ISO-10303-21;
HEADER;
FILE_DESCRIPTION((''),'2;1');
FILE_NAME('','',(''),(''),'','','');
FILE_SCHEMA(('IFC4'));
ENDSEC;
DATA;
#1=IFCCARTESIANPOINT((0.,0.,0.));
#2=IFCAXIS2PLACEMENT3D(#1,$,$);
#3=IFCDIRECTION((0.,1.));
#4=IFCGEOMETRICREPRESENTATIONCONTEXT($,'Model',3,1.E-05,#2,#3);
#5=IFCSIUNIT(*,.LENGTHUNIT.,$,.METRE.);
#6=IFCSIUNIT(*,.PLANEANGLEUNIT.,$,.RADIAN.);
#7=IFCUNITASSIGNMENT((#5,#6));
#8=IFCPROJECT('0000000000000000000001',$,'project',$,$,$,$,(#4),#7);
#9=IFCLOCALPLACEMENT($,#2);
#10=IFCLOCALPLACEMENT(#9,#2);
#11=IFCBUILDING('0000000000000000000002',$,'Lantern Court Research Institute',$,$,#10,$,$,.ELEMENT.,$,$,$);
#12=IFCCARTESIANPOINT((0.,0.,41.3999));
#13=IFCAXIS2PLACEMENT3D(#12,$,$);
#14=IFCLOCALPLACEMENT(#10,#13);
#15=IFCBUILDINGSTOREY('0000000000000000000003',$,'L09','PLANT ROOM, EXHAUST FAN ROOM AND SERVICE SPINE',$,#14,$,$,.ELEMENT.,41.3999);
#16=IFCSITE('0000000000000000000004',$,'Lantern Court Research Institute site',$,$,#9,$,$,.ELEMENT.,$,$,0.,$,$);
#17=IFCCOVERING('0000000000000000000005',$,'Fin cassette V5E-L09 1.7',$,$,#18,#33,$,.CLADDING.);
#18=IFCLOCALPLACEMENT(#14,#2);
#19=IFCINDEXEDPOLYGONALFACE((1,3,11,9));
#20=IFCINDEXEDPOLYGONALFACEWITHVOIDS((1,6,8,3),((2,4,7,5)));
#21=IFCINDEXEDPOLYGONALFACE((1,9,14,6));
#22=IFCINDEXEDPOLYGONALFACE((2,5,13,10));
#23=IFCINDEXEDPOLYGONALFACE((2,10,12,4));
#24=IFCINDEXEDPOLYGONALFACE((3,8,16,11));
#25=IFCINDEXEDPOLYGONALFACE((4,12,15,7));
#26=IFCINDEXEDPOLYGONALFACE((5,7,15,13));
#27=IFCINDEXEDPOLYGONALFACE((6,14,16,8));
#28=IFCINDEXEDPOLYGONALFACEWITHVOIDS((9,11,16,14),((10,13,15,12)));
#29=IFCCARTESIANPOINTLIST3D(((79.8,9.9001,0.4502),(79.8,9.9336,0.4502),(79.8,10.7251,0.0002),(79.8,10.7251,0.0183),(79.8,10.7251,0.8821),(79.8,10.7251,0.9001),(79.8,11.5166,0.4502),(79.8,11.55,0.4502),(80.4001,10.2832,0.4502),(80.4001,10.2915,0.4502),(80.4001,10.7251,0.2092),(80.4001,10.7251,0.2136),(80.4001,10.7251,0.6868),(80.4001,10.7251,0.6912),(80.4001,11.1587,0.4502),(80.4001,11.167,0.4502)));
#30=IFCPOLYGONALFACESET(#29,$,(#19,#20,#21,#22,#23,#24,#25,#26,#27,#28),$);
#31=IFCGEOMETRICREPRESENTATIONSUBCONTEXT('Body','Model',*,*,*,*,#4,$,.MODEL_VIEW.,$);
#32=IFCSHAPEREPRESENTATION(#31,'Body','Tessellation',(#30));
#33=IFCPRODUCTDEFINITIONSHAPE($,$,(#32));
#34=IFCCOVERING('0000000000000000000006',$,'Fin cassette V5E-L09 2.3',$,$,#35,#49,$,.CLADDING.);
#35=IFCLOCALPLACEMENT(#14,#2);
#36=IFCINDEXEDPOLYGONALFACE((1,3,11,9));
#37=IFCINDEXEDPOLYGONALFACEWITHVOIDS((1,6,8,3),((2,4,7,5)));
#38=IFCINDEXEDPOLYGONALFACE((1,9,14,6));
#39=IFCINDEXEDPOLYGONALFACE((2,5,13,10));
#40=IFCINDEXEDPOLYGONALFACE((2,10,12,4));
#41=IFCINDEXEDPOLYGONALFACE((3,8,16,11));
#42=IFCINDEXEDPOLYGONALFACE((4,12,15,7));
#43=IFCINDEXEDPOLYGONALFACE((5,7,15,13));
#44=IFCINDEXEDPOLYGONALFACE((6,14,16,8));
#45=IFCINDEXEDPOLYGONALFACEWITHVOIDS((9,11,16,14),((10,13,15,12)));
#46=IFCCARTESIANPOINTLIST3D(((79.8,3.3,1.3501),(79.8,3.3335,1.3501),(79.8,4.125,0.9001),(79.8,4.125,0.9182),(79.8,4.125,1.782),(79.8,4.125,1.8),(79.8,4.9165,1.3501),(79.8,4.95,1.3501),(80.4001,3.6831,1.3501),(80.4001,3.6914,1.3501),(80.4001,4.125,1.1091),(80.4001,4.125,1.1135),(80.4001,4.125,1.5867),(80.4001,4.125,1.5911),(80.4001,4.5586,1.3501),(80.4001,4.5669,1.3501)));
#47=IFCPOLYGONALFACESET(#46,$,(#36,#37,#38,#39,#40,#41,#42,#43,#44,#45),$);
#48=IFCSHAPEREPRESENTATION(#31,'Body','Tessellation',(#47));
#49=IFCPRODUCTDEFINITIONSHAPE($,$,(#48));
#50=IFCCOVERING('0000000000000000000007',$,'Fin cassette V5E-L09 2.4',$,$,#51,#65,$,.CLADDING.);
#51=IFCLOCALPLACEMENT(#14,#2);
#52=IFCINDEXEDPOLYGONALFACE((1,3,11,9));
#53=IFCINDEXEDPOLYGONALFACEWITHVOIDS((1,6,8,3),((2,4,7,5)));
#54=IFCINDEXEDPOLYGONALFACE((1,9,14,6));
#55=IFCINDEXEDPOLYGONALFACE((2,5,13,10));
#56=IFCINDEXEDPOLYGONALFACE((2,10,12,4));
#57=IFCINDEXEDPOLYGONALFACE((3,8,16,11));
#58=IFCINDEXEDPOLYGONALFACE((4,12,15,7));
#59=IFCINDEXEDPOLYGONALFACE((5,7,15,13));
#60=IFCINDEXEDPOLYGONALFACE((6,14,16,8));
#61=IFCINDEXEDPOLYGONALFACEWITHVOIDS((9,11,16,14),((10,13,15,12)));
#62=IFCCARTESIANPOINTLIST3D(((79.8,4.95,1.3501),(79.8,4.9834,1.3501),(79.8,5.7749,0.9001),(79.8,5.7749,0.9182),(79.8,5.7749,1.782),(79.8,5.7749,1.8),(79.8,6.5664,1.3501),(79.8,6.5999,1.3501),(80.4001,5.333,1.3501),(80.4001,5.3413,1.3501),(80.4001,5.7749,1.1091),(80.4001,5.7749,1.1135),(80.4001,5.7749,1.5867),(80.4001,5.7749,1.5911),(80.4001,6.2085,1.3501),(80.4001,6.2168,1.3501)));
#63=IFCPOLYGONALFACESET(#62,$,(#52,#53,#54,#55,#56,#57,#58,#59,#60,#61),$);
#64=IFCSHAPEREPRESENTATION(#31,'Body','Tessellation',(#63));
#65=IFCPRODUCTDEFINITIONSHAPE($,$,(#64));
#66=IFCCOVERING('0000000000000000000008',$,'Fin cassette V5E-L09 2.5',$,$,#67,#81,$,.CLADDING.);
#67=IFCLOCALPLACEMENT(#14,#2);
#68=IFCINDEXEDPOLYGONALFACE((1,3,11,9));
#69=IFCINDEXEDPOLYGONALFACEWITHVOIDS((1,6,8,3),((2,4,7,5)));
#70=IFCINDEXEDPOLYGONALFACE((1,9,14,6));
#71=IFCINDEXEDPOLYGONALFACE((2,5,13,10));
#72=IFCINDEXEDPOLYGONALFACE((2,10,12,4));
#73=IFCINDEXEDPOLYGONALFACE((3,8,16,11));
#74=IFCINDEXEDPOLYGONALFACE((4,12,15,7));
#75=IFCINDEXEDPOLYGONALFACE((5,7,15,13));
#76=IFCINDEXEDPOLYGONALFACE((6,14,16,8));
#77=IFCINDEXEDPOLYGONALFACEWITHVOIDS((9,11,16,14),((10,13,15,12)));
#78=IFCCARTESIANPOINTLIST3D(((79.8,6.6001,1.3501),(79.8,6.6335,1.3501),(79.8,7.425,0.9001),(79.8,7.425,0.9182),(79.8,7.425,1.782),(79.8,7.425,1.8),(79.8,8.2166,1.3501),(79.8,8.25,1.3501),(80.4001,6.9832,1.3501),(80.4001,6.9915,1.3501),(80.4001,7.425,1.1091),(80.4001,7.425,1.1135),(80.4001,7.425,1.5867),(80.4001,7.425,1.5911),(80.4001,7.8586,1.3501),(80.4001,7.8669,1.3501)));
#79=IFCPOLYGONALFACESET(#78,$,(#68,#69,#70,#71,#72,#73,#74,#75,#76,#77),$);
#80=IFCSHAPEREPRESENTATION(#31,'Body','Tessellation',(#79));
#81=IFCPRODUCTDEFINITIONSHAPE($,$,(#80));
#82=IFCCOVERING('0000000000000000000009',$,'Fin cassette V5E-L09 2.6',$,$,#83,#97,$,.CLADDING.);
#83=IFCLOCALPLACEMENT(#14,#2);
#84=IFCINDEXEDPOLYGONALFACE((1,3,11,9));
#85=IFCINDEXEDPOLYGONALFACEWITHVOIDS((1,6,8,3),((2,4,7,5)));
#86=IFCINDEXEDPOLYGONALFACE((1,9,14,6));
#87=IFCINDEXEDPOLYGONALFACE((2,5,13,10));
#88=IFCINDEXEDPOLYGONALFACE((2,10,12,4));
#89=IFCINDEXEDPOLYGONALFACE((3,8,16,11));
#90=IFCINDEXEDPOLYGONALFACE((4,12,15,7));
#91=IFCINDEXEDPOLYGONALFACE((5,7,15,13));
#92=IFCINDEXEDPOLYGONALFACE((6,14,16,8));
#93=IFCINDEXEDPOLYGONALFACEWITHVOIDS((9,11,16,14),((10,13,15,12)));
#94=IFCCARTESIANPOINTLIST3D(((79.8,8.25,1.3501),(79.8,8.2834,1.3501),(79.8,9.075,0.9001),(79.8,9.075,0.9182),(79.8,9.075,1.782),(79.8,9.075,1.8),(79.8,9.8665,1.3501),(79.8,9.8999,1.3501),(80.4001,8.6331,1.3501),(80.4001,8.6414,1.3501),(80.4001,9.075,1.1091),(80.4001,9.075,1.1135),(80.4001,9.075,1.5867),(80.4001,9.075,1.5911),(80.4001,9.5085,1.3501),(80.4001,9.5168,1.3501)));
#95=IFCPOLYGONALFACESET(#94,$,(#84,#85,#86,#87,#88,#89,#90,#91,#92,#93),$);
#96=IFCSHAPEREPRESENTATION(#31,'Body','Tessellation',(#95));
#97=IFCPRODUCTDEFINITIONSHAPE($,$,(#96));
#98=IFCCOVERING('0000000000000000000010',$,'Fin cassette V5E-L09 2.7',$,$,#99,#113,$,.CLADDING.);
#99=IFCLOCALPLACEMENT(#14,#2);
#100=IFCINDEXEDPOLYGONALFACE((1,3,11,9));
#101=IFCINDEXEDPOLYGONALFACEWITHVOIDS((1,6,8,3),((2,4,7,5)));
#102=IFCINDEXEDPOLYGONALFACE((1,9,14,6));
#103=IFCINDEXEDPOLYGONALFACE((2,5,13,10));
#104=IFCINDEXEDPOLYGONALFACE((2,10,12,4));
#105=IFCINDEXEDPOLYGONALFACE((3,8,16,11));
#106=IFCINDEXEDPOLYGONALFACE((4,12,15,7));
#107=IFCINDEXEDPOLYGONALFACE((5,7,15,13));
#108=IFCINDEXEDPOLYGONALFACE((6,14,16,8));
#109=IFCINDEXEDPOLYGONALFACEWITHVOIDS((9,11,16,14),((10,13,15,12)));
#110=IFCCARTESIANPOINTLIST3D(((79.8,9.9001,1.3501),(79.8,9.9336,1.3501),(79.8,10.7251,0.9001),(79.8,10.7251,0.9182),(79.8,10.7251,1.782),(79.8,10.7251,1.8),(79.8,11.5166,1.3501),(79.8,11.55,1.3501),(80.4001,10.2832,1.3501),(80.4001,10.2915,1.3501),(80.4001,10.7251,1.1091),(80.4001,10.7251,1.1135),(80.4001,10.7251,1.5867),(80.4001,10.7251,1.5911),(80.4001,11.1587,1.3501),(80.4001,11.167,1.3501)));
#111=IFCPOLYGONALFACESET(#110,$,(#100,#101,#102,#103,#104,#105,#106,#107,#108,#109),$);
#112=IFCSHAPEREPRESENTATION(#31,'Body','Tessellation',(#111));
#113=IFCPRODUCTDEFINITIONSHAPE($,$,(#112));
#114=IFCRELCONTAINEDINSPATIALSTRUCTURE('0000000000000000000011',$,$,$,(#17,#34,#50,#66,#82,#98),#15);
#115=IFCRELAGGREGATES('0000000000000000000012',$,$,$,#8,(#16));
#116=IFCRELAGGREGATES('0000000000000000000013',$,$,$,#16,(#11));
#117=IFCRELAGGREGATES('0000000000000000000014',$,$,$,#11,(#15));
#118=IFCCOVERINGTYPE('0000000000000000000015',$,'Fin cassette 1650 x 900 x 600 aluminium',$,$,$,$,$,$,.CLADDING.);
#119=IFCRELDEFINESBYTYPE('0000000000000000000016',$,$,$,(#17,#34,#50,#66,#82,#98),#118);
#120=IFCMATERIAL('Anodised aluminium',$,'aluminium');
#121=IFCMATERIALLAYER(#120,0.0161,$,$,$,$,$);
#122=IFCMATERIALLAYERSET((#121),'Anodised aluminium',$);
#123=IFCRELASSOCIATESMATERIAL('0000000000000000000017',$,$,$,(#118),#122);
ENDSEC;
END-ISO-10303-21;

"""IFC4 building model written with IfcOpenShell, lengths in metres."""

from ifc_helpers import new_model, entity, si_unit, direction, frame, origin, place, context, subcontext, project, spatial, material, layer, layer_set, type_object, element, save


model = new_model("IFC4")

# Units and contexts
model_context = context("Model", 3, precision=1e-05, world=origin(), true_north=direction((0.0, 1.0)))
body_context = subcontext(model_context, "Body", "Model", "MODEL_VIEW")
ifc_project = project(units=[si_unit("LENGTHUNIT", "METRE"), si_unit("PLANEANGLEUNIT", "RADIAN")], contexts=[model_context])

# Site, building, storey
site_placement = place(None, origin())
site = spatial("IfcSite", under=ifc_project, at=site_placement, Name="Lantern Court Research Institute site", CompositionType="ELEMENT", RefElevation=0.0)
building_placement = place(site_placement, origin())
building = spatial("IfcBuilding", under=site, at=building_placement, Name="Lantern Court Research Institute", CompositionType="ELEMENT")
storey_placement = place(building_placement, frame((0.0, 0.0, 41.3999)))
storey = spatial("IfcBuildingStorey", under=building, at=storey_placement, Name="L09", Description="PLANT ROOM, EXHAUST FAN ROOM AND SERVICE SPINE", CompositionType="ELEMENT", Elevation=41.3999)

# Coverings
ifc_material_1 = material(Name="Anodised aluminium", Category="aluminium")
ifc_layer_1 = layer(ifc_material_1, 0.0161)
ifc_layer_set_1 = layer_set([ifc_layer_1], Name="Anodised aluminium")
covering_type = type_object("IfcCoveringType", Name="Fin cassette 1650 x 900 x 600 aluminium", PredefinedType="CLADDING", material=ifc_layer_set_1)
covering_1_placement = place(storey_placement, frame((79.8, 10.7251, 0.4502), z_axis=(1.0, 0.0, 0.0), x_axis=(0.0, 1.0, 0.0)))
cartesian_point_1 = entity("IfcCartesianPoint", [0.825, 0.0])
cartesian_point_2 = entity("IfcCartesianPoint", [0.7915, 0.0])
cartesian_point_3 = entity("IfcCartesianPoint", [0.4419, 0.0])
cartesian_point_4 = entity("IfcCartesianPoint", [0.4336, 0.0])
element("IfcCovering", 1, at=covering_1_placement, inside=storey, type_object=covering_type, Name="Fin cassette V5E-L09 1.7", PredefinedType="CLADDING", context=body_context, shape_type="SweptSolid", body=[
    entity("IfcExtrudedAreaSolidTapered", entity("IfcArbitraryProfileDefWithVoids", "AREA", None, entity("IfcPolyline", [cartesian_point_1, entity("IfcCartesianPoint", [0.0, 0.45]), entity("IfcCartesianPoint", [-0.825, 0.0]), entity("IfcCartesianPoint", [0.0, -0.45]), cartesian_point_1]), [entity("IfcPolyline", [cartesian_point_2, entity("IfcCartesianPoint", [0.0, 0.4319]), entity("IfcCartesianPoint", [-0.7915, 0.0]), entity("IfcCartesianPoint", [0.0, -0.4319]), cartesian_point_2])]), entity("IfcAxis2Placement3D", entity("IfcCartesianPoint", [0.0, 0.0, 0.0])), entity("IfcDirection", [0.0, 0.0, 1.0]), 0.6001, entity("IfcArbitraryProfileDefWithVoids", "AREA", None, entity("IfcPolyline", [cartesian_point_3, entity("IfcCartesianPoint", [0.0, 0.241]), entity("IfcCartesianPoint", [-0.4419, 0.0]), entity("IfcCartesianPoint", [0.0, -0.241]), cartesian_point_3]), [entity("IfcPolyline", [cartesian_point_4, entity("IfcCartesianPoint", [0.0, 0.2366]), entity("IfcCartesianPoint", [-0.4336, 0.0]), entity("IfcCartesianPoint", [0.0, -0.2366]), cartesian_point_4])])),
])
covering_2_placement = place(storey_placement, frame((79.8, 4.125, 1.3501), z_axis=(1.0, 0.0, 0.0), x_axis=(0.0, 1.0, 0.0)))
cartesian_point_5 = entity("IfcCartesianPoint", [0.825, 0.0])
cartesian_point_6 = entity("IfcCartesianPoint", [0.7915, 0.0])
cartesian_point_7 = entity("IfcCartesianPoint", [0.4419, 0.0])
cartesian_point_8 = entity("IfcCartesianPoint", [0.4336, 0.0])
element("IfcCovering", 2, at=covering_2_placement, inside=storey, type_object=covering_type, Name="Fin cassette V5E-L09 2.3", PredefinedType="CLADDING", context=body_context, shape_type="SweptSolid", body=[
    entity("IfcExtrudedAreaSolidTapered", entity("IfcArbitraryProfileDefWithVoids", "AREA", None, entity("IfcPolyline", [cartesian_point_5, entity("IfcCartesianPoint", [0.0, 0.45]), entity("IfcCartesianPoint", [-0.825, 0.0]), entity("IfcCartesianPoint", [0.0, -0.45]), cartesian_point_5]), [entity("IfcPolyline", [cartesian_point_6, entity("IfcCartesianPoint", [0.0, 0.4319]), entity("IfcCartesianPoint", [-0.7915, 0.0]), entity("IfcCartesianPoint", [0.0, -0.4319]), cartesian_point_6])]), entity("IfcAxis2Placement3D", entity("IfcCartesianPoint", [0.0, 0.0, 0.0])), entity("IfcDirection", [0.0, 0.0, 1.0]), 0.6001, entity("IfcArbitraryProfileDefWithVoids", "AREA", None, entity("IfcPolyline", [cartesian_point_7, entity("IfcCartesianPoint", [0.0, 0.241]), entity("IfcCartesianPoint", [-0.4419, 0.0]), entity("IfcCartesianPoint", [0.0, -0.241]), cartesian_point_7]), [entity("IfcPolyline", [cartesian_point_8, entity("IfcCartesianPoint", [0.0, 0.2366]), entity("IfcCartesianPoint", [-0.4336, 0.0]), entity("IfcCartesianPoint", [0.0, -0.2366]), cartesian_point_8])])),
])
covering_3_placement = place(storey_placement, frame((79.8, 5.7749, 1.3501), z_axis=(1.0, 0.0, 0.0), x_axis=(0.0, 1.0, 0.0)))
cartesian_point_9 = entity("IfcCartesianPoint", [0.825, 0.0])
cartesian_point_10 = entity("IfcCartesianPoint", [0.7915, 0.0])
cartesian_point_11 = entity("IfcCartesianPoint", [0.4419, 0.0])
cartesian_point_12 = entity("IfcCartesianPoint", [0.4336, 0.0])
element("IfcCovering", 3, at=covering_3_placement, inside=storey, type_object=covering_type, Name="Fin cassette V5E-L09 2.4", PredefinedType="CLADDING", context=body_context, shape_type="SweptSolid", body=[
    entity("IfcExtrudedAreaSolidTapered", entity("IfcArbitraryProfileDefWithVoids", "AREA", None, entity("IfcPolyline", [cartesian_point_9, entity("IfcCartesianPoint", [0.0, 0.45]), entity("IfcCartesianPoint", [-0.825, 0.0]), entity("IfcCartesianPoint", [0.0, -0.45]), cartesian_point_9]), [entity("IfcPolyline", [cartesian_point_10, entity("IfcCartesianPoint", [0.0, 0.4319]), entity("IfcCartesianPoint", [-0.7915, 0.0]), entity("IfcCartesianPoint", [0.0, -0.4319]), cartesian_point_10])]), entity("IfcAxis2Placement3D", entity("IfcCartesianPoint", [0.0, 0.0, 0.0])), entity("IfcDirection", [0.0, 0.0, 1.0]), 0.6001, entity("IfcArbitraryProfileDefWithVoids", "AREA", None, entity("IfcPolyline", [cartesian_point_11, entity("IfcCartesianPoint", [0.0, 0.241]), entity("IfcCartesianPoint", [-0.4419, 0.0]), entity("IfcCartesianPoint", [0.0, -0.241]), cartesian_point_11]), [entity("IfcPolyline", [cartesian_point_12, entity("IfcCartesianPoint", [0.0, 0.2366]), entity("IfcCartesianPoint", [-0.4336, 0.0]), entity("IfcCartesianPoint", [0.0, -0.2366]), cartesian_point_12])])),
])
covering_4_placement = place(storey_placement, frame((79.8, 7.425, 1.3501), z_axis=(1.0, 0.0, 0.0), x_axis=(0.0, 1.0, 0.0)))
cartesian_point_13 = entity("IfcCartesianPoint", [0.825, 0.0])
cartesian_point_14 = entity("IfcCartesianPoint", [0.7915, 0.0])
cartesian_point_15 = entity("IfcCartesianPoint", [0.4419, 0.0])
cartesian_point_16 = entity("IfcCartesianPoint", [0.4336, 0.0])
element("IfcCovering", 4, at=covering_4_placement, inside=storey, type_object=covering_type, Name="Fin cassette V5E-L09 2.5", PredefinedType="CLADDING", context=body_context, shape_type="SweptSolid", body=[
    entity("IfcExtrudedAreaSolidTapered", entity("IfcArbitraryProfileDefWithVoids", "AREA", None, entity("IfcPolyline", [cartesian_point_13, entity("IfcCartesianPoint", [0.0, 0.45]), entity("IfcCartesianPoint", [-0.825, 0.0]), entity("IfcCartesianPoint", [0.0, -0.45]), cartesian_point_13]), [entity("IfcPolyline", [cartesian_point_14, entity("IfcCartesianPoint", [0.0, 0.4319]), entity("IfcCartesianPoint", [-0.7915, 0.0]), entity("IfcCartesianPoint", [0.0, -0.4319]), cartesian_point_14])]), entity("IfcAxis2Placement3D", entity("IfcCartesianPoint", [0.0, 0.0, 0.0])), entity("IfcDirection", [0.0, 0.0, 1.0]), 0.6001, entity("IfcArbitraryProfileDefWithVoids", "AREA", None, entity("IfcPolyline", [cartesian_point_15, entity("IfcCartesianPoint", [0.0, 0.241]), entity("IfcCartesianPoint", [-0.4419, 0.0]), entity("IfcCartesianPoint", [0.0, -0.241]), cartesian_point_15]), [entity("IfcPolyline", [cartesian_point_16, entity("IfcCartesianPoint", [0.0, 0.2366]), entity("IfcCartesianPoint", [-0.4336, 0.0]), entity("IfcCartesianPoint", [0.0, -0.2366]), cartesian_point_16])])),
])
covering_5_placement = place(storey_placement, frame((79.8, 9.075, 1.3501), z_axis=(1.0, 0.0, 0.0), x_axis=(0.0, 1.0, 0.0)))
cartesian_point_17 = entity("IfcCartesianPoint", [0.825, 0.0])
cartesian_point_18 = entity("IfcCartesianPoint", [0.7915, 0.0])
cartesian_point_19 = entity("IfcCartesianPoint", [0.4419, 0.0])
cartesian_point_20 = entity("IfcCartesianPoint", [0.4336, 0.0])
element("IfcCovering", 5, at=covering_5_placement, inside=storey, type_object=covering_type, Name="Fin cassette V5E-L09 2.6", PredefinedType="CLADDING", context=body_context, shape_type="SweptSolid", body=[
    entity("IfcExtrudedAreaSolidTapered", entity("IfcArbitraryProfileDefWithVoids", "AREA", None, entity("IfcPolyline", [cartesian_point_17, entity("IfcCartesianPoint", [0.0, 0.45]), entity("IfcCartesianPoint", [-0.825, 0.0]), entity("IfcCartesianPoint", [0.0, -0.45]), cartesian_point_17]), [entity("IfcPolyline", [cartesian_point_18, entity("IfcCartesianPoint", [0.0, 0.4319]), entity("IfcCartesianPoint", [-0.7915, 0.0]), entity("IfcCartesianPoint", [0.0, -0.4319]), cartesian_point_18])]), entity("IfcAxis2Placement3D", entity("IfcCartesianPoint", [0.0, 0.0, 0.0])), entity("IfcDirection", [0.0, 0.0, 1.0]), 0.6001, entity("IfcArbitraryProfileDefWithVoids", "AREA", None, entity("IfcPolyline", [cartesian_point_19, entity("IfcCartesianPoint", [0.0, 0.241]), entity("IfcCartesianPoint", [-0.4419, 0.0]), entity("IfcCartesianPoint", [0.0, -0.241]), cartesian_point_19]), [entity("IfcPolyline", [cartesian_point_20, entity("IfcCartesianPoint", [0.0, 0.2366]), entity("IfcCartesianPoint", [-0.4336, 0.0]), entity("IfcCartesianPoint", [0.0, -0.2366]), cartesian_point_20])])),
])
covering_6_placement = place(storey_placement, frame((79.8, 10.7251, 1.3501), z_axis=(1.0, 0.0, 0.0), x_axis=(0.0, 1.0, 0.0)))
cartesian_point_21 = entity("IfcCartesianPoint", [0.825, 0.0])
cartesian_point_22 = entity("IfcCartesianPoint", [0.7915, 0.0])
cartesian_point_23 = entity("IfcCartesianPoint", [0.4419, 0.0])
cartesian_point_24 = entity("IfcCartesianPoint", [0.4336, 0.0])
element("IfcCovering", 6, at=covering_6_placement, inside=storey, type_object=covering_type, Name="Fin cassette V5E-L09 2.7", PredefinedType="CLADDING", context=body_context, shape_type="SweptSolid", body=[
    entity("IfcExtrudedAreaSolidTapered", entity("IfcArbitraryProfileDefWithVoids", "AREA", None, entity("IfcPolyline", [cartesian_point_21, entity("IfcCartesianPoint", [0.0, 0.45]), entity("IfcCartesianPoint", [-0.825, 0.0]), entity("IfcCartesianPoint", [0.0, -0.45]), cartesian_point_21]), [entity("IfcPolyline", [cartesian_point_22, entity("IfcCartesianPoint", [0.0, 0.4319]), entity("IfcCartesianPoint", [-0.7915, 0.0]), entity("IfcCartesianPoint", [0.0, -0.4319]), cartesian_point_22])]), entity("IfcAxis2Placement3D", entity("IfcCartesianPoint", [0.0, 0.0, 0.0])), entity("IfcDirection", [0.0, 0.0, 1.0]), 0.6001, entity("IfcArbitraryProfileDefWithVoids", "AREA", None, entity("IfcPolyline", [cartesian_point_23, entity("IfcCartesianPoint", [0.0, 0.241]), entity("IfcCartesianPoint", [-0.4419, 0.0]), entity("IfcCartesianPoint", [0.0, -0.241]), cartesian_point_23]), [entity("IfcPolyline", [cartesian_point_24, entity("IfcCartesianPoint", [0.0, 0.2366]), entity("IfcCartesianPoint", [-0.4336, 0.0]), entity("IfcCartesianPoint", [0.0, -0.2366]), cartesian_point_24])])),
])

save(model, "model.ifc")
